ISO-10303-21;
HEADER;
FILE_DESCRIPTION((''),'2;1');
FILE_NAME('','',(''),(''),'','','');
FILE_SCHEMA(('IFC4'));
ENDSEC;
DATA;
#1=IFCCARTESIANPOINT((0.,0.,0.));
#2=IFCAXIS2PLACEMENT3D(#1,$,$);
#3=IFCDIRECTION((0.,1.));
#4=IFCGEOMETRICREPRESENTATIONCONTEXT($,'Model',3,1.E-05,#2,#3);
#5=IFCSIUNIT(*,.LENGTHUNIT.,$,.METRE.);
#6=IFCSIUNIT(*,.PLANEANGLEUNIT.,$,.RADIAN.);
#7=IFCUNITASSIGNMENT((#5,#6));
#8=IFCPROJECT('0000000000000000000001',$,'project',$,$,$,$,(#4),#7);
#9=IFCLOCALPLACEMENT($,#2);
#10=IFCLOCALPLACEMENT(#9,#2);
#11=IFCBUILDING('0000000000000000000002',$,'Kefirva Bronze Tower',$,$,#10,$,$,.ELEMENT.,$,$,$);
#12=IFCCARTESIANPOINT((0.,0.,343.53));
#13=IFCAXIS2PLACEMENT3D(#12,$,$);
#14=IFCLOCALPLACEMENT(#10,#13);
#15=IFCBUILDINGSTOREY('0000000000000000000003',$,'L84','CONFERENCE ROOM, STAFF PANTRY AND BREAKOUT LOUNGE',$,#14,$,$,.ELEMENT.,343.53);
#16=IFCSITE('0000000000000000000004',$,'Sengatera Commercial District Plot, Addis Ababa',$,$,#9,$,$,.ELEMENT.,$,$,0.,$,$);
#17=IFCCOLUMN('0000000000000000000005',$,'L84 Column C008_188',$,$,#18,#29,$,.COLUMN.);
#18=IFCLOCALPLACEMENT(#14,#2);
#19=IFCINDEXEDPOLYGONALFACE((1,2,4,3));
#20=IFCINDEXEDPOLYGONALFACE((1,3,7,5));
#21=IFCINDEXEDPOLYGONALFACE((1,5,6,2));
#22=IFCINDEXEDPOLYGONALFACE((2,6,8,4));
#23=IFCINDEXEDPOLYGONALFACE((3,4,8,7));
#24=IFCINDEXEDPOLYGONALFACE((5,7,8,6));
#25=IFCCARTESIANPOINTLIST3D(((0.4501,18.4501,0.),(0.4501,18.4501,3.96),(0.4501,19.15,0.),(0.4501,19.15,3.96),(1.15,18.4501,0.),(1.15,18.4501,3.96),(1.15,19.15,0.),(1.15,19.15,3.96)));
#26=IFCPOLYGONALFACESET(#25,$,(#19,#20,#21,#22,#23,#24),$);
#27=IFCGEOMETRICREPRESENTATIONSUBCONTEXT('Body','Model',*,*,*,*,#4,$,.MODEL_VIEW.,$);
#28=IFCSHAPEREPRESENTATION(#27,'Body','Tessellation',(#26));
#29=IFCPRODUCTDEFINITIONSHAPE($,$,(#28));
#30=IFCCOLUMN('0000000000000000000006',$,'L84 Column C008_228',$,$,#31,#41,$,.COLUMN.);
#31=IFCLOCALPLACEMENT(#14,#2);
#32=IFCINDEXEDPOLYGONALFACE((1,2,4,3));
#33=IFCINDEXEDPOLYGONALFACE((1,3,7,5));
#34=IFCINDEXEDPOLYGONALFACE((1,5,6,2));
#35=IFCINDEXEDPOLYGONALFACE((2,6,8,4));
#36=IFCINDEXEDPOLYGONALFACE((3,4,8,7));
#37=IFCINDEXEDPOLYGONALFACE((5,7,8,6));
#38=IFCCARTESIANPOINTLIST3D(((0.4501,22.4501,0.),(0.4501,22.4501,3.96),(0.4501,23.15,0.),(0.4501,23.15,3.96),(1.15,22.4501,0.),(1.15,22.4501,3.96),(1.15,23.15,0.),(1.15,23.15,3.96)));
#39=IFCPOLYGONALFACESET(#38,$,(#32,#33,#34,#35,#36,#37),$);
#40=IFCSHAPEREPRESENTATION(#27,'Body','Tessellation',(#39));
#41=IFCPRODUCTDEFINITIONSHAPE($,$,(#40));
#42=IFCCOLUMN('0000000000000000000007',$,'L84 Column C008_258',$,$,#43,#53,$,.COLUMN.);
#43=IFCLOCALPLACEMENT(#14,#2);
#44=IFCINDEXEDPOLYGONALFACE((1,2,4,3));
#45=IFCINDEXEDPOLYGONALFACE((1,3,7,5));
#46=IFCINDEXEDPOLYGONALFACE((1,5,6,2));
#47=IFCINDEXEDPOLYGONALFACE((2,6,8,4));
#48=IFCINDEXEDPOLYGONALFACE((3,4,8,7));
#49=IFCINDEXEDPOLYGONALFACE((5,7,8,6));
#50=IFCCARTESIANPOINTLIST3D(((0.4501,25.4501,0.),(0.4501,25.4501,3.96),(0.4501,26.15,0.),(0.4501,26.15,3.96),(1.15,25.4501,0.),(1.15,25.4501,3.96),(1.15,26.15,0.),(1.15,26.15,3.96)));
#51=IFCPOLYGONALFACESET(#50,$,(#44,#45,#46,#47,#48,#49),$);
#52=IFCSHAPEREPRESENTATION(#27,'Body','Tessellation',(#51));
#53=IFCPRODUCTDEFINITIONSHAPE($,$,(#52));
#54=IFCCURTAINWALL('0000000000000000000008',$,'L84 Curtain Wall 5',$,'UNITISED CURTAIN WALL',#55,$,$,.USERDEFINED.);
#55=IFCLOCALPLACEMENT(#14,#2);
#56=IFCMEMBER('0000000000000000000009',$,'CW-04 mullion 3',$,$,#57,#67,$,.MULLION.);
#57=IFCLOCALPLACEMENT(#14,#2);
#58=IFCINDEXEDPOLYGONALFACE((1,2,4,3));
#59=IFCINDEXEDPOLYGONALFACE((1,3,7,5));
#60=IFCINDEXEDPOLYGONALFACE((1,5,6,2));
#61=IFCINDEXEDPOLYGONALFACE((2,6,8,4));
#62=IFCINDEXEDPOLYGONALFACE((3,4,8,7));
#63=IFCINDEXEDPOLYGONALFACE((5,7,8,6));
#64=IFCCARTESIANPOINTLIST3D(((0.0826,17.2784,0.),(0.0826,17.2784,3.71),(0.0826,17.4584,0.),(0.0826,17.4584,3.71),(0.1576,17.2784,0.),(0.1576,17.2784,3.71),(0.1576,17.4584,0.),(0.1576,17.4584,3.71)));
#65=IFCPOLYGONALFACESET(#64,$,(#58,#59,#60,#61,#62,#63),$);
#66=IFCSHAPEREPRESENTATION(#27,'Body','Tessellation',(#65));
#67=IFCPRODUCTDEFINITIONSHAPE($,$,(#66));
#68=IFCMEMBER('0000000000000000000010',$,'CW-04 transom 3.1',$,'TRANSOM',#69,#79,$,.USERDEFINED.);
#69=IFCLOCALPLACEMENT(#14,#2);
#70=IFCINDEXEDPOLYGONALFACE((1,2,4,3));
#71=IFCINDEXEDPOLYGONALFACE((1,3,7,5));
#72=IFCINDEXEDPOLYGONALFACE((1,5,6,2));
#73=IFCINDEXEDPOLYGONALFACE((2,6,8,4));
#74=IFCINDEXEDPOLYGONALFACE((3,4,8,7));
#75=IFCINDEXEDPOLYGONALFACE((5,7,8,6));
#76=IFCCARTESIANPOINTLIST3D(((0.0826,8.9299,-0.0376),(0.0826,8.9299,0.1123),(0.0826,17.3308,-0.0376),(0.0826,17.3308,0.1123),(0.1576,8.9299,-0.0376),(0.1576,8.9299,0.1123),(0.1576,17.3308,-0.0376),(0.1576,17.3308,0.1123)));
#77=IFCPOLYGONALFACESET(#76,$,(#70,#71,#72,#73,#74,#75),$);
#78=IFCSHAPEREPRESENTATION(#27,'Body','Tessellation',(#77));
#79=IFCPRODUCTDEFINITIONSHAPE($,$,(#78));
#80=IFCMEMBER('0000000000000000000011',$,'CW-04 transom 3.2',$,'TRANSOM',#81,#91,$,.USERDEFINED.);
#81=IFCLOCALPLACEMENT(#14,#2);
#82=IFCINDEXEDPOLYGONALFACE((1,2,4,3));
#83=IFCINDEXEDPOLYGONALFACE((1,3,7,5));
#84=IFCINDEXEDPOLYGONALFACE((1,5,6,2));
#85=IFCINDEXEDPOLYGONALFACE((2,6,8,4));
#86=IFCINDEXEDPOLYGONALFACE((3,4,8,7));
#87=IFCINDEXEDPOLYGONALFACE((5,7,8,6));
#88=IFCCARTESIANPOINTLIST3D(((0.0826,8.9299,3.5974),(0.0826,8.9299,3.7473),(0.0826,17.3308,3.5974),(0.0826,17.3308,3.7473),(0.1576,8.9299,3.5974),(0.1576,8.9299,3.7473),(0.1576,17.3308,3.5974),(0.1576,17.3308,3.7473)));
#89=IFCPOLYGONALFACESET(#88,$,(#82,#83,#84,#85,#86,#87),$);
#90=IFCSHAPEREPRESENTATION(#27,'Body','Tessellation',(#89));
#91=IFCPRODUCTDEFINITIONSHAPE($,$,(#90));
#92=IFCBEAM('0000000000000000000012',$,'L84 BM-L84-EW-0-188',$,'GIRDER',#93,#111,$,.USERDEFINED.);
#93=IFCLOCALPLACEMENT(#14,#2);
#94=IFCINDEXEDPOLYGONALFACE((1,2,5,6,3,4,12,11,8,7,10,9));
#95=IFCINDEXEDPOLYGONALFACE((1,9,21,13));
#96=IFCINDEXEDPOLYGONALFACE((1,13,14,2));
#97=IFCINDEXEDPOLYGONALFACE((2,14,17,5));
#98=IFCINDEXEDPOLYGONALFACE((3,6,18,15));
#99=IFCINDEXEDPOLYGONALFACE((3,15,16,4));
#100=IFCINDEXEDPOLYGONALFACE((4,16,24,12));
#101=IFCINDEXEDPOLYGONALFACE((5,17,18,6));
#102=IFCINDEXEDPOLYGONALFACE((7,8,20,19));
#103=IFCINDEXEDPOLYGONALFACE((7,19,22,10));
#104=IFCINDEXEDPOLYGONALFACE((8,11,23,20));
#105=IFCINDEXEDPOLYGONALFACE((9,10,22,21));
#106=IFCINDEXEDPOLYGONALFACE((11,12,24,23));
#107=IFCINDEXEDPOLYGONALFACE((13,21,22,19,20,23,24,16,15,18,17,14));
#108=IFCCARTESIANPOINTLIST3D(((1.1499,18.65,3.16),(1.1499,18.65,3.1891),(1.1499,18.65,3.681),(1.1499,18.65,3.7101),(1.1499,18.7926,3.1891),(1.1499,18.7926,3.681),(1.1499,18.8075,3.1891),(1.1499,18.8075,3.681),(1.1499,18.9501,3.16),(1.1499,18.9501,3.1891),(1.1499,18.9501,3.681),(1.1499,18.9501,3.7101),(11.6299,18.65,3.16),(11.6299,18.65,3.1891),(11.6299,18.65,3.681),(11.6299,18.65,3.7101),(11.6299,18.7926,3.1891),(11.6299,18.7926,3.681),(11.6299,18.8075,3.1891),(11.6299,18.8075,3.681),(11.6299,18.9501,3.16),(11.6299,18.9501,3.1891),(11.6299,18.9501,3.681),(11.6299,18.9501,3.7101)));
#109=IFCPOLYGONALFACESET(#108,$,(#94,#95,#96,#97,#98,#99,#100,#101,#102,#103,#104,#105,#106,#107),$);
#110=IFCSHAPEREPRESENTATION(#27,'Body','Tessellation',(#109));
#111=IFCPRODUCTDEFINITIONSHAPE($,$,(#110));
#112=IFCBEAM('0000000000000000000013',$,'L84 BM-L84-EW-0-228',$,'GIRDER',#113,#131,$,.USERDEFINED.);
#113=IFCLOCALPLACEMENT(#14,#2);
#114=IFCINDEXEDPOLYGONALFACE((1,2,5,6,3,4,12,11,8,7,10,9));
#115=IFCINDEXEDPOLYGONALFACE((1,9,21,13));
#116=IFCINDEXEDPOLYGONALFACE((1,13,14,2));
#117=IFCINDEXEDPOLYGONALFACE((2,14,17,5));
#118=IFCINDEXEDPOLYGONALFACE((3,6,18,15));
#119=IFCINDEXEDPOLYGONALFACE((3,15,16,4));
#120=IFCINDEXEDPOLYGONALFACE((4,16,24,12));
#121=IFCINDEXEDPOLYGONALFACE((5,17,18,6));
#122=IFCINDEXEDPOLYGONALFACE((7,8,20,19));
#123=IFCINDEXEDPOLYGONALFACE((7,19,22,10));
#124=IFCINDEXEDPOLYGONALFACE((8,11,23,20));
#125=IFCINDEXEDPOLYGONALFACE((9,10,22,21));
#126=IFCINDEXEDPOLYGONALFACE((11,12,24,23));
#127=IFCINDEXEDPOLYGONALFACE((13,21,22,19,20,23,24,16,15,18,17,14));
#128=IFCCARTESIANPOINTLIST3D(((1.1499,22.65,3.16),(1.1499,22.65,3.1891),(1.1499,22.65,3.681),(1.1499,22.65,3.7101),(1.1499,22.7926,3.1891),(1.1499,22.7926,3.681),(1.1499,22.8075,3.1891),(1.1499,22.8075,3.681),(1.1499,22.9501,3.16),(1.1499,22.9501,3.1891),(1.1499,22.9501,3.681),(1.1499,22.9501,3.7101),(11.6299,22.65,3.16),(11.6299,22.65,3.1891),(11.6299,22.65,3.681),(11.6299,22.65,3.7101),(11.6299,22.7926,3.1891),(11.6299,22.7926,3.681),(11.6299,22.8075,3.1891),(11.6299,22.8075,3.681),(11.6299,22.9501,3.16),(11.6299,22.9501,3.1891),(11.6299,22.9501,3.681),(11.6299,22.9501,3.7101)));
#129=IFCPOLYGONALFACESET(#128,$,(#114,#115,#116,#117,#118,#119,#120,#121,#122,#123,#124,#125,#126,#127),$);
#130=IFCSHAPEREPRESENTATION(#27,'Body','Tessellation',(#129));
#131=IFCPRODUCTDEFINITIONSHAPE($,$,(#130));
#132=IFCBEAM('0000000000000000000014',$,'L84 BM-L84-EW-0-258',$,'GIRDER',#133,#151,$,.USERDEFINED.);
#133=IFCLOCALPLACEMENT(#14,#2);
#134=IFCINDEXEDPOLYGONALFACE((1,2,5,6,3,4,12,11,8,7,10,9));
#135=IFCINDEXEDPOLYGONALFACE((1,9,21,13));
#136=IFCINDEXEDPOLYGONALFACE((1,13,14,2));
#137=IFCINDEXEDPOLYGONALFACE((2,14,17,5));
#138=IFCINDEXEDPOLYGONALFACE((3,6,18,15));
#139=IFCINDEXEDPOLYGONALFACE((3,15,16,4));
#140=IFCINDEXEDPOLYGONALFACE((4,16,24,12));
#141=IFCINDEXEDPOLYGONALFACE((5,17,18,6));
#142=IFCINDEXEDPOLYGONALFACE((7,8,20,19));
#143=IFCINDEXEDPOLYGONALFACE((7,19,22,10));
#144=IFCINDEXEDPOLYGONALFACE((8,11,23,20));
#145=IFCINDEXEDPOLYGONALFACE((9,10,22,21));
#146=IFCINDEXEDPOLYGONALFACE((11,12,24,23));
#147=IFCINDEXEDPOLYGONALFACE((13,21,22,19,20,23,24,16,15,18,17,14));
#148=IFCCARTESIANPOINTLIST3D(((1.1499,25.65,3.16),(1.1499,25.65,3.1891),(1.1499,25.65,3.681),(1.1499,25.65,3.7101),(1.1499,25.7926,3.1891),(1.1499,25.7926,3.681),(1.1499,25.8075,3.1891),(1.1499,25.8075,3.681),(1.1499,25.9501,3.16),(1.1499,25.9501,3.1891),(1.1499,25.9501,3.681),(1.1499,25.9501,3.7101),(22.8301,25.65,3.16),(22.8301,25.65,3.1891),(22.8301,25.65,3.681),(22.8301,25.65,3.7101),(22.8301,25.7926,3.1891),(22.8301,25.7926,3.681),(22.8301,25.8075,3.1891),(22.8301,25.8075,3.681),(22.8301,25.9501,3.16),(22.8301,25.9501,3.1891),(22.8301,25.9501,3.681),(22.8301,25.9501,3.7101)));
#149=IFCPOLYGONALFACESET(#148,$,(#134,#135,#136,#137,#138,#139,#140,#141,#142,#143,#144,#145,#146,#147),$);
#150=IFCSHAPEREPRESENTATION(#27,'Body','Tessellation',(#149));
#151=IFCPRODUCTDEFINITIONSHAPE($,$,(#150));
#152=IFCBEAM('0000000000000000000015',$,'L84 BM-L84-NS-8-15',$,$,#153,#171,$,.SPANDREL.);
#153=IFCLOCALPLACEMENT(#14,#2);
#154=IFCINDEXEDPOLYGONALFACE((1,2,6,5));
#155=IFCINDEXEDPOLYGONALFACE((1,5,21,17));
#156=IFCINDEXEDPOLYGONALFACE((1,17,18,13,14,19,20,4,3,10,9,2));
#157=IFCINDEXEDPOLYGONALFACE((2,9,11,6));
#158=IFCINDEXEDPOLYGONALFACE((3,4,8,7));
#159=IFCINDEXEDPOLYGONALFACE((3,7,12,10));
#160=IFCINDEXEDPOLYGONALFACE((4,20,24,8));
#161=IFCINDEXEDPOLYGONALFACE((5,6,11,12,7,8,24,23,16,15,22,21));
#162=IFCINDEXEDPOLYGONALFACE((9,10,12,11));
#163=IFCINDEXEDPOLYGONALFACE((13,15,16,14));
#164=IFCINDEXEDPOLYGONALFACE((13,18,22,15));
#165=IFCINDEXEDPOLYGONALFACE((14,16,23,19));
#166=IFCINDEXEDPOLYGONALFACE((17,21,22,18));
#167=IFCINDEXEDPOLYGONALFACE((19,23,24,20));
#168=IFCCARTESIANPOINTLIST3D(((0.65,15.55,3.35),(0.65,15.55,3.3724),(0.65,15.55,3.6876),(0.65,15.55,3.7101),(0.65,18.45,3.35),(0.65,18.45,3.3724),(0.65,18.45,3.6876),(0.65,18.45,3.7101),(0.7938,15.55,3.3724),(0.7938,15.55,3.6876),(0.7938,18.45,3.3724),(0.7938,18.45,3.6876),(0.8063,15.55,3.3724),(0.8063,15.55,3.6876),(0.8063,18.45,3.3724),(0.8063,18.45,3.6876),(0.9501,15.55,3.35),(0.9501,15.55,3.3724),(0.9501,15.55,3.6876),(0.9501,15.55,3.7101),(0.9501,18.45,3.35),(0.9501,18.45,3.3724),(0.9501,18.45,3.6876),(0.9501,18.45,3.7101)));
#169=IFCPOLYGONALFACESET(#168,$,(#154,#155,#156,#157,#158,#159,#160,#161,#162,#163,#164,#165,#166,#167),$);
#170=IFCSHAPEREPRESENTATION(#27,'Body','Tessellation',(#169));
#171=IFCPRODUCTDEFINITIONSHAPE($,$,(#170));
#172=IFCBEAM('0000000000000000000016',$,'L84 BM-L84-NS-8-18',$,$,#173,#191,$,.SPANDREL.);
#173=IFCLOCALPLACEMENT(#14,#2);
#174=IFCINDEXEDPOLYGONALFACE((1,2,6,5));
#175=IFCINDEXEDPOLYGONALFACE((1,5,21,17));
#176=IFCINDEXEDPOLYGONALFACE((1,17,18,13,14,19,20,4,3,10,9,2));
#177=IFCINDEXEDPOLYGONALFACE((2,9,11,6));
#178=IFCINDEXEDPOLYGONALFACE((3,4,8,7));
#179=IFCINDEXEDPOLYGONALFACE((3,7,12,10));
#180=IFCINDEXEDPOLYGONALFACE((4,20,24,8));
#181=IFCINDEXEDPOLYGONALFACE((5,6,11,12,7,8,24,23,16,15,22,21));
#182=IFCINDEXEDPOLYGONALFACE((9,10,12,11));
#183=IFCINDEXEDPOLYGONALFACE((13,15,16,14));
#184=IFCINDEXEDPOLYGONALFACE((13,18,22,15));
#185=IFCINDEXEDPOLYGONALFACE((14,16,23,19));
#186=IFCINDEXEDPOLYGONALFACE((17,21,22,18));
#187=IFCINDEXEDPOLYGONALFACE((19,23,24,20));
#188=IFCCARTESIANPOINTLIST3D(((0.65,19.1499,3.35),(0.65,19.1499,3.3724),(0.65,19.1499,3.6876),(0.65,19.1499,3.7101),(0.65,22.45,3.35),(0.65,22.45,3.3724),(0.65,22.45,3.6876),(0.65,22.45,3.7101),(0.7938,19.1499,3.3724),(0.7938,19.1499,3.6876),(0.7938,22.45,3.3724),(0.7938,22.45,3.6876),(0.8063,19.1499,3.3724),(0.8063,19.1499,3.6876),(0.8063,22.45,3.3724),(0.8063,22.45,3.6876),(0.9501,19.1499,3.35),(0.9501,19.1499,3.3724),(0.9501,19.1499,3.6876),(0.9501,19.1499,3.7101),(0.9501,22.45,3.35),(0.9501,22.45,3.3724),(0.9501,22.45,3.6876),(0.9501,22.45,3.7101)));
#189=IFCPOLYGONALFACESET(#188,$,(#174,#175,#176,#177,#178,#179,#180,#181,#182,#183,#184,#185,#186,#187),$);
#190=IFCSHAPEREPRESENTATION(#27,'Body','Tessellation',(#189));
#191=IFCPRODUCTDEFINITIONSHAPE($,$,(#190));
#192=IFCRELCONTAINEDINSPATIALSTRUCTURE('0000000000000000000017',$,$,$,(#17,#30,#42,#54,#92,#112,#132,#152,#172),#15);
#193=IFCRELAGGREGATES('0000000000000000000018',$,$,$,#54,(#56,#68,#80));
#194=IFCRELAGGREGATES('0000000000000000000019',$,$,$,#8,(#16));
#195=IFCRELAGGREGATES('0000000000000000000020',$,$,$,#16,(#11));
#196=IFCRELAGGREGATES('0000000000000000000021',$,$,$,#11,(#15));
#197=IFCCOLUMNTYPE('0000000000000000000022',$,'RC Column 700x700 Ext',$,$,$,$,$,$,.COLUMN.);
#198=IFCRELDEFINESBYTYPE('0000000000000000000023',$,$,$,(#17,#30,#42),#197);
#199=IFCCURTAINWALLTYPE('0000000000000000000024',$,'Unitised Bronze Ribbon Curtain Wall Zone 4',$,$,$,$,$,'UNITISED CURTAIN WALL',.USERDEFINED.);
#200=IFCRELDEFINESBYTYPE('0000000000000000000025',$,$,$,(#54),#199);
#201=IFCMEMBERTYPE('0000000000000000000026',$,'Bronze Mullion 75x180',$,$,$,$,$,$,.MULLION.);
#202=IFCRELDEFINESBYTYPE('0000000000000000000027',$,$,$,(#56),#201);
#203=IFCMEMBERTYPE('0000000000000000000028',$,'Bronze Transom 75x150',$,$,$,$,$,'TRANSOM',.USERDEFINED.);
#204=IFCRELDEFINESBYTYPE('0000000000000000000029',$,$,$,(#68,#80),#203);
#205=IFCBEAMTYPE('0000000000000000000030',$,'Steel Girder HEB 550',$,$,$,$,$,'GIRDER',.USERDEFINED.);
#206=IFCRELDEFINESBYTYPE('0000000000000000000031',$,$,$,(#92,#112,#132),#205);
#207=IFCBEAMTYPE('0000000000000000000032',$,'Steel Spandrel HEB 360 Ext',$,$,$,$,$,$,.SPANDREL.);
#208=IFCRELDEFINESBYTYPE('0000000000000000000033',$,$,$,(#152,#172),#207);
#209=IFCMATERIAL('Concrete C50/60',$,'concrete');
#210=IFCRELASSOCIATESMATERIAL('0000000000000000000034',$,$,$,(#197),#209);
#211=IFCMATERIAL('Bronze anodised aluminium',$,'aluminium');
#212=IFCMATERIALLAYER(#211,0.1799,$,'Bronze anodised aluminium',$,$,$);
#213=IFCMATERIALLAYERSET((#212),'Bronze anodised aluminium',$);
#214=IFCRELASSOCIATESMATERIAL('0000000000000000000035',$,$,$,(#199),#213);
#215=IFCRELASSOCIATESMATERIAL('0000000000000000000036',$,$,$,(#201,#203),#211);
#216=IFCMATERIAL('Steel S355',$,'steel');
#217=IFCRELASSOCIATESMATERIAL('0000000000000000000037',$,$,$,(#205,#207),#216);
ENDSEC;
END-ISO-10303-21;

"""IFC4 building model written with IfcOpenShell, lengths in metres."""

from ifc_helpers import new_model, si_unit, direction, frame, origin, origin_2d, place, context, subcontext, project, spatial, rectangle, i_section, extrude, material, layer, layer_set, material_profile, profile_set, type_object, element, aggregate, save


model = new_model("IFC4")

# Units and contexts
model_context = context("Model", 3, precision=1e-05, world=origin(), true_north=direction((0.0, 1.0)))
body_context = subcontext(model_context, "Body", "Model", "MODEL_VIEW")
ifc_project = project(units=[si_unit("LENGTHUNIT", "METRE"), si_unit("PLANEANGLEUNIT", "RADIAN")], contexts=[model_context])

# Site, building, storey
site_placement = place(None, origin())
site = spatial("IfcSite", under=ifc_project, at=site_placement, Name="Sengatera Commercial District Plot, Addis Ababa", CompositionType="ELEMENT", RefElevation=0.0)
building_placement = place(site_placement, origin())
building = spatial("IfcBuilding", under=site, at=building_placement, Name="Kefirva Bronze Tower", CompositionType="ELEMENT")
storey_placement = place(building_placement, frame((0.0, 0.0, 343.53)))
storey = spatial("IfcBuildingStorey", under=building, at=storey_placement, Name="L84", Description="CONFERENCE ROOM, STAFF PANTRY AND BREAKOUT LOUNGE", CompositionType="ELEMENT", Elevation=343.53)

# Columns
ifc_material_1 = material(Name="Concrete C50/60", Category="concrete")
ifc_material_profile_1 = material_profile(ifc_material_1, rectangle(XDim=0.7, YDim=0.7, at=origin_2d()), Name="RC 700x700")
ifc_profile_set_1 = profile_set([ifc_material_profile_1], Name="Concrete C50/60")
column_type = type_object("IfcColumnType", Name="RC Column 700x700 Ext", PredefinedType="COLUMN", material=ifc_profile_set_1)
for number, where, z_axis, x_axis, name in (
    (1, (0.8, 18.8, 0.0), (0.0, 0.0, 1.0), (1.0, 0.0, 0.0), "L84 Column C008_188"),
    (2, (0.8, 22.8, 0.0), (0.0, 0.0, 1.0), (1.0, 0.0, 0.0), "L84 Column C008_228"),
    (3, (0.8, 25.8, 0.0), (0.0, 0.0, 1.0), (1.0, 0.0, 0.0), "L84 Column C008_258"),
):
    element("IfcColumn", number, at=place(storey_placement, frame(where, z_axis=z_axis, x_axis=x_axis)), inside=storey, type_object=column_type, Name=name, PredefinedType="COLUMN", context=body_context, shape_type="SweptSolid", body=[
        extrude(rectangle(XDim=0.7, YDim=0.7, at=origin_2d()), origin(), (0.0, 0.0, 1.0), 3.96),
    ])

# Curtain wall, members
ifc_material_2 = material(Name="Bronze anodised aluminium", Category="aluminium")
ifc_layer_1 = layer(ifc_material_2, 0.1799, Name="Bronze anodised aluminium")
ifc_layer_set_1 = layer_set([ifc_layer_1], Name="Bronze anodised aluminium")
curtain_wall_type = type_object("IfcCurtainWallType", Name="Unitised Bronze Ribbon Curtain Wall Zone 4", ElementType="UNITISED CURTAIN WALL", PredefinedType="USERDEFINED", material=ifc_layer_set_1)
curtain_wall_placement = place(storey_placement, origin())
curtain_wall = element("IfcCurtainWall", 4, at=curtain_wall_placement, inside=storey, type_object=curtain_wall_type, Name="L84 Curtain Wall 5", ObjectType="UNITISED CURTAIN WALL", PredefinedType="USERDEFINED")
ifc_material_profile_2 = material_profile(ifc_material_2, rectangle(XDim=0.075, YDim=0.1799, at=origin_2d()), Name="ALU 75x180")
ifc_profile_set_2 = profile_set([ifc_material_profile_2], Name="Bronze anodised aluminium")
member_type_1 = type_object("IfcMemberType", Name="Bronze Mullion 75x180", PredefinedType="MULLION", material=ifc_profile_set_2)
member_1_placement = place(storey_placement, frame((0.1201, 17.3684, 0.0), z_axis=(0.0, 0.0, 1.0), x_axis=(1.0, 0.0, 0.0)))
member_1 = element("IfcMember", 5, at=member_1_placement, type_object=member_type_1, Name="CW-04 mullion 3", PredefinedType="MULLION", context=body_context, shape_type="SweptSolid", body=[
    extrude(rectangle(XDim=0.075, YDim=0.1799, at=origin_2d()), origin(), (0.0, 0.0, 1.0), 3.71),
])
ifc_material_profile_3 = material_profile(ifc_material_2, rectangle(XDim=0.075, YDim=0.1499, at=origin_2d()), Name="ALU 75x150")
ifc_profile_set_3 = profile_set([ifc_material_profile_3], Name="Bronze anodised aluminium")
member_type_2 = type_object("IfcMemberType", Name="Bronze Transom 75x150", ElementType="TRANSOM", PredefinedType="USERDEFINED", material=ifc_profile_set_3)
member_2_placement = place(storey_placement, frame((0.1201, 17.3308, 0.0374), z_axis=(0.0, -1.0, 0.0), x_axis=(1.0, 0.0, 0.0)))
member_2 = element("IfcMember", 6, at=member_2_placement, type_object=member_type_2, Name="CW-04 transom 3.1", ObjectType="TRANSOM", PredefinedType="USERDEFINED", context=body_context, shape_type="SweptSolid", body=[
    extrude(rectangle(XDim=0.075, YDim=0.1499, at=origin_2d()), origin(), (0.0, 0.0, 1.0), 8.4009),
])
member_3_placement = place(storey_placement, frame((0.1201, 17.3308, 3.6724), z_axis=(0.0, -1.0, 0.0), x_axis=(1.0, 0.0, 0.0)))
member_3 = element("IfcMember", 7, at=member_3_placement, type_object=member_type_2, Name="CW-04 transom 3.2", ObjectType="TRANSOM", PredefinedType="USERDEFINED", context=body_context, shape_type="SweptSolid", body=[
    extrude(rectangle(XDim=0.075, YDim=0.1499, at=origin_2d()), origin(), (0.0, 0.0, 1.0), 8.4009),
])

# Beams
ifc_material_3 = material(Name="Steel S355", Category="steel")
ifc_material_profile_4 = material_profile(ifc_material_3, i_section(OverallWidth=0.3, OverallDepth=0.55, WebThickness=0.0149, FlangeThickness=0.0291, at=origin_2d()), Name="HEB 550")
ifc_profile_set_4 = profile_set([ifc_material_profile_4], Name="Steel S355")
beam_type_1 = type_object("IfcBeamType", Name="Steel Girder HEB 550", ElementType="GIRDER", PredefinedType="USERDEFINED", material=ifc_profile_set_4)
for number, where, z_axis, x_axis, name in (
    (8, (1.1499, 18.8, 3.4351), (1.0, 0.0, 0.0), (0.0, 1.0, 0.0), "L84 BM-L84-EW-0-188"),
    (9, (1.1499, 22.8, 3.4351), (1.0, 0.0, 0.0), (0.0, 1.0, 0.0), "L84 BM-L84-EW-0-228"),
):
    element("IfcBeam", number, at=place(storey_placement, frame(where, z_axis=z_axis, x_axis=x_axis)), inside=storey, type_object=beam_type_1, Name=name, ObjectType="GIRDER", PredefinedType="USERDEFINED", context=body_context, shape_type="SweptSolid", body=[
        extrude(i_section(OverallWidth=0.3, OverallDepth=0.55, WebThickness=0.0149, FlangeThickness=0.0291, at=origin_2d()), origin(), (0.0, 0.0, 1.0), 10.48),
    ])
beam_1_placement = place(storey_placement, frame((1.1499, 25.8, 3.4351), z_axis=(1.0, 0.0, 0.0), x_axis=(0.0, 1.0, 0.0)))
element("IfcBeam", 10, at=beam_1_placement, inside=storey, type_object=beam_type_1, Name="L84 BM-L84-EW-0-258", ObjectType="GIRDER", PredefinedType="USERDEFINED", context=body_context, shape_type="SweptSolid", body=[
    extrude(i_section(OverallWidth=0.3, OverallDepth=0.55, WebThickness=0.0149, FlangeThickness=0.0291, at=origin_2d()), origin(), (0.0, 0.0, 1.0), 21.6802),
])
ifc_material_profile_5 = material_profile(ifc_material_3, i_section(OverallWidth=0.3, OverallDepth=0.3601, WebThickness=0.0125, FlangeThickness=0.0225, at=origin_2d()), Name="HEB 360")
ifc_profile_set_5 = profile_set([ifc_material_profile_5], Name="Steel S355")
beam_type_2 = type_object("IfcBeamType", Name="Steel Spandrel HEB 360 Ext", PredefinedType="SPANDREL", material=ifc_profile_set_5)
beam_2_placement = place(storey_placement, frame((0.8, 15.55, 3.53), z_axis=(0.0, 1.0, 0.0), x_axis=(-1.0, 0.0, 0.0)))
element("IfcBeam", 11, at=beam_2_placement, inside=storey, type_object=beam_type_2, Name="L84 BM-L84-NS-8-15", PredefinedType="SPANDREL", context=body_context, shape_type="SweptSolid", body=[
    extrude(i_section(OverallWidth=0.3, OverallDepth=0.3601, WebThickness=0.0125, FlangeThickness=0.0225, at=origin_2d()), origin(), (0.0, 0.0, 1.0), 2.8999),
])
beam_3_placement = place(storey_placement, frame((0.8, 19.1499, 3.53), z_axis=(0.0, 1.0, 0.0), x_axis=(-1.0, 0.0, 0.0)))
element("IfcBeam", 12, at=beam_3_placement, inside=storey, type_object=beam_type_2, Name="L84 BM-L84-NS-8-18", PredefinedType="SPANDREL", context=body_context, shape_type="SweptSolid", body=[
    extrude(i_section(OverallWidth=0.3, OverallDepth=0.3601, WebThickness=0.0125, FlangeThickness=0.0225, at=origin_2d()), origin(), (0.0, 0.0, 1.0), 3.3),
])

aggregate(curtain_wall, [member_1, member_2, member_3])

save(model, "model.ifc")
